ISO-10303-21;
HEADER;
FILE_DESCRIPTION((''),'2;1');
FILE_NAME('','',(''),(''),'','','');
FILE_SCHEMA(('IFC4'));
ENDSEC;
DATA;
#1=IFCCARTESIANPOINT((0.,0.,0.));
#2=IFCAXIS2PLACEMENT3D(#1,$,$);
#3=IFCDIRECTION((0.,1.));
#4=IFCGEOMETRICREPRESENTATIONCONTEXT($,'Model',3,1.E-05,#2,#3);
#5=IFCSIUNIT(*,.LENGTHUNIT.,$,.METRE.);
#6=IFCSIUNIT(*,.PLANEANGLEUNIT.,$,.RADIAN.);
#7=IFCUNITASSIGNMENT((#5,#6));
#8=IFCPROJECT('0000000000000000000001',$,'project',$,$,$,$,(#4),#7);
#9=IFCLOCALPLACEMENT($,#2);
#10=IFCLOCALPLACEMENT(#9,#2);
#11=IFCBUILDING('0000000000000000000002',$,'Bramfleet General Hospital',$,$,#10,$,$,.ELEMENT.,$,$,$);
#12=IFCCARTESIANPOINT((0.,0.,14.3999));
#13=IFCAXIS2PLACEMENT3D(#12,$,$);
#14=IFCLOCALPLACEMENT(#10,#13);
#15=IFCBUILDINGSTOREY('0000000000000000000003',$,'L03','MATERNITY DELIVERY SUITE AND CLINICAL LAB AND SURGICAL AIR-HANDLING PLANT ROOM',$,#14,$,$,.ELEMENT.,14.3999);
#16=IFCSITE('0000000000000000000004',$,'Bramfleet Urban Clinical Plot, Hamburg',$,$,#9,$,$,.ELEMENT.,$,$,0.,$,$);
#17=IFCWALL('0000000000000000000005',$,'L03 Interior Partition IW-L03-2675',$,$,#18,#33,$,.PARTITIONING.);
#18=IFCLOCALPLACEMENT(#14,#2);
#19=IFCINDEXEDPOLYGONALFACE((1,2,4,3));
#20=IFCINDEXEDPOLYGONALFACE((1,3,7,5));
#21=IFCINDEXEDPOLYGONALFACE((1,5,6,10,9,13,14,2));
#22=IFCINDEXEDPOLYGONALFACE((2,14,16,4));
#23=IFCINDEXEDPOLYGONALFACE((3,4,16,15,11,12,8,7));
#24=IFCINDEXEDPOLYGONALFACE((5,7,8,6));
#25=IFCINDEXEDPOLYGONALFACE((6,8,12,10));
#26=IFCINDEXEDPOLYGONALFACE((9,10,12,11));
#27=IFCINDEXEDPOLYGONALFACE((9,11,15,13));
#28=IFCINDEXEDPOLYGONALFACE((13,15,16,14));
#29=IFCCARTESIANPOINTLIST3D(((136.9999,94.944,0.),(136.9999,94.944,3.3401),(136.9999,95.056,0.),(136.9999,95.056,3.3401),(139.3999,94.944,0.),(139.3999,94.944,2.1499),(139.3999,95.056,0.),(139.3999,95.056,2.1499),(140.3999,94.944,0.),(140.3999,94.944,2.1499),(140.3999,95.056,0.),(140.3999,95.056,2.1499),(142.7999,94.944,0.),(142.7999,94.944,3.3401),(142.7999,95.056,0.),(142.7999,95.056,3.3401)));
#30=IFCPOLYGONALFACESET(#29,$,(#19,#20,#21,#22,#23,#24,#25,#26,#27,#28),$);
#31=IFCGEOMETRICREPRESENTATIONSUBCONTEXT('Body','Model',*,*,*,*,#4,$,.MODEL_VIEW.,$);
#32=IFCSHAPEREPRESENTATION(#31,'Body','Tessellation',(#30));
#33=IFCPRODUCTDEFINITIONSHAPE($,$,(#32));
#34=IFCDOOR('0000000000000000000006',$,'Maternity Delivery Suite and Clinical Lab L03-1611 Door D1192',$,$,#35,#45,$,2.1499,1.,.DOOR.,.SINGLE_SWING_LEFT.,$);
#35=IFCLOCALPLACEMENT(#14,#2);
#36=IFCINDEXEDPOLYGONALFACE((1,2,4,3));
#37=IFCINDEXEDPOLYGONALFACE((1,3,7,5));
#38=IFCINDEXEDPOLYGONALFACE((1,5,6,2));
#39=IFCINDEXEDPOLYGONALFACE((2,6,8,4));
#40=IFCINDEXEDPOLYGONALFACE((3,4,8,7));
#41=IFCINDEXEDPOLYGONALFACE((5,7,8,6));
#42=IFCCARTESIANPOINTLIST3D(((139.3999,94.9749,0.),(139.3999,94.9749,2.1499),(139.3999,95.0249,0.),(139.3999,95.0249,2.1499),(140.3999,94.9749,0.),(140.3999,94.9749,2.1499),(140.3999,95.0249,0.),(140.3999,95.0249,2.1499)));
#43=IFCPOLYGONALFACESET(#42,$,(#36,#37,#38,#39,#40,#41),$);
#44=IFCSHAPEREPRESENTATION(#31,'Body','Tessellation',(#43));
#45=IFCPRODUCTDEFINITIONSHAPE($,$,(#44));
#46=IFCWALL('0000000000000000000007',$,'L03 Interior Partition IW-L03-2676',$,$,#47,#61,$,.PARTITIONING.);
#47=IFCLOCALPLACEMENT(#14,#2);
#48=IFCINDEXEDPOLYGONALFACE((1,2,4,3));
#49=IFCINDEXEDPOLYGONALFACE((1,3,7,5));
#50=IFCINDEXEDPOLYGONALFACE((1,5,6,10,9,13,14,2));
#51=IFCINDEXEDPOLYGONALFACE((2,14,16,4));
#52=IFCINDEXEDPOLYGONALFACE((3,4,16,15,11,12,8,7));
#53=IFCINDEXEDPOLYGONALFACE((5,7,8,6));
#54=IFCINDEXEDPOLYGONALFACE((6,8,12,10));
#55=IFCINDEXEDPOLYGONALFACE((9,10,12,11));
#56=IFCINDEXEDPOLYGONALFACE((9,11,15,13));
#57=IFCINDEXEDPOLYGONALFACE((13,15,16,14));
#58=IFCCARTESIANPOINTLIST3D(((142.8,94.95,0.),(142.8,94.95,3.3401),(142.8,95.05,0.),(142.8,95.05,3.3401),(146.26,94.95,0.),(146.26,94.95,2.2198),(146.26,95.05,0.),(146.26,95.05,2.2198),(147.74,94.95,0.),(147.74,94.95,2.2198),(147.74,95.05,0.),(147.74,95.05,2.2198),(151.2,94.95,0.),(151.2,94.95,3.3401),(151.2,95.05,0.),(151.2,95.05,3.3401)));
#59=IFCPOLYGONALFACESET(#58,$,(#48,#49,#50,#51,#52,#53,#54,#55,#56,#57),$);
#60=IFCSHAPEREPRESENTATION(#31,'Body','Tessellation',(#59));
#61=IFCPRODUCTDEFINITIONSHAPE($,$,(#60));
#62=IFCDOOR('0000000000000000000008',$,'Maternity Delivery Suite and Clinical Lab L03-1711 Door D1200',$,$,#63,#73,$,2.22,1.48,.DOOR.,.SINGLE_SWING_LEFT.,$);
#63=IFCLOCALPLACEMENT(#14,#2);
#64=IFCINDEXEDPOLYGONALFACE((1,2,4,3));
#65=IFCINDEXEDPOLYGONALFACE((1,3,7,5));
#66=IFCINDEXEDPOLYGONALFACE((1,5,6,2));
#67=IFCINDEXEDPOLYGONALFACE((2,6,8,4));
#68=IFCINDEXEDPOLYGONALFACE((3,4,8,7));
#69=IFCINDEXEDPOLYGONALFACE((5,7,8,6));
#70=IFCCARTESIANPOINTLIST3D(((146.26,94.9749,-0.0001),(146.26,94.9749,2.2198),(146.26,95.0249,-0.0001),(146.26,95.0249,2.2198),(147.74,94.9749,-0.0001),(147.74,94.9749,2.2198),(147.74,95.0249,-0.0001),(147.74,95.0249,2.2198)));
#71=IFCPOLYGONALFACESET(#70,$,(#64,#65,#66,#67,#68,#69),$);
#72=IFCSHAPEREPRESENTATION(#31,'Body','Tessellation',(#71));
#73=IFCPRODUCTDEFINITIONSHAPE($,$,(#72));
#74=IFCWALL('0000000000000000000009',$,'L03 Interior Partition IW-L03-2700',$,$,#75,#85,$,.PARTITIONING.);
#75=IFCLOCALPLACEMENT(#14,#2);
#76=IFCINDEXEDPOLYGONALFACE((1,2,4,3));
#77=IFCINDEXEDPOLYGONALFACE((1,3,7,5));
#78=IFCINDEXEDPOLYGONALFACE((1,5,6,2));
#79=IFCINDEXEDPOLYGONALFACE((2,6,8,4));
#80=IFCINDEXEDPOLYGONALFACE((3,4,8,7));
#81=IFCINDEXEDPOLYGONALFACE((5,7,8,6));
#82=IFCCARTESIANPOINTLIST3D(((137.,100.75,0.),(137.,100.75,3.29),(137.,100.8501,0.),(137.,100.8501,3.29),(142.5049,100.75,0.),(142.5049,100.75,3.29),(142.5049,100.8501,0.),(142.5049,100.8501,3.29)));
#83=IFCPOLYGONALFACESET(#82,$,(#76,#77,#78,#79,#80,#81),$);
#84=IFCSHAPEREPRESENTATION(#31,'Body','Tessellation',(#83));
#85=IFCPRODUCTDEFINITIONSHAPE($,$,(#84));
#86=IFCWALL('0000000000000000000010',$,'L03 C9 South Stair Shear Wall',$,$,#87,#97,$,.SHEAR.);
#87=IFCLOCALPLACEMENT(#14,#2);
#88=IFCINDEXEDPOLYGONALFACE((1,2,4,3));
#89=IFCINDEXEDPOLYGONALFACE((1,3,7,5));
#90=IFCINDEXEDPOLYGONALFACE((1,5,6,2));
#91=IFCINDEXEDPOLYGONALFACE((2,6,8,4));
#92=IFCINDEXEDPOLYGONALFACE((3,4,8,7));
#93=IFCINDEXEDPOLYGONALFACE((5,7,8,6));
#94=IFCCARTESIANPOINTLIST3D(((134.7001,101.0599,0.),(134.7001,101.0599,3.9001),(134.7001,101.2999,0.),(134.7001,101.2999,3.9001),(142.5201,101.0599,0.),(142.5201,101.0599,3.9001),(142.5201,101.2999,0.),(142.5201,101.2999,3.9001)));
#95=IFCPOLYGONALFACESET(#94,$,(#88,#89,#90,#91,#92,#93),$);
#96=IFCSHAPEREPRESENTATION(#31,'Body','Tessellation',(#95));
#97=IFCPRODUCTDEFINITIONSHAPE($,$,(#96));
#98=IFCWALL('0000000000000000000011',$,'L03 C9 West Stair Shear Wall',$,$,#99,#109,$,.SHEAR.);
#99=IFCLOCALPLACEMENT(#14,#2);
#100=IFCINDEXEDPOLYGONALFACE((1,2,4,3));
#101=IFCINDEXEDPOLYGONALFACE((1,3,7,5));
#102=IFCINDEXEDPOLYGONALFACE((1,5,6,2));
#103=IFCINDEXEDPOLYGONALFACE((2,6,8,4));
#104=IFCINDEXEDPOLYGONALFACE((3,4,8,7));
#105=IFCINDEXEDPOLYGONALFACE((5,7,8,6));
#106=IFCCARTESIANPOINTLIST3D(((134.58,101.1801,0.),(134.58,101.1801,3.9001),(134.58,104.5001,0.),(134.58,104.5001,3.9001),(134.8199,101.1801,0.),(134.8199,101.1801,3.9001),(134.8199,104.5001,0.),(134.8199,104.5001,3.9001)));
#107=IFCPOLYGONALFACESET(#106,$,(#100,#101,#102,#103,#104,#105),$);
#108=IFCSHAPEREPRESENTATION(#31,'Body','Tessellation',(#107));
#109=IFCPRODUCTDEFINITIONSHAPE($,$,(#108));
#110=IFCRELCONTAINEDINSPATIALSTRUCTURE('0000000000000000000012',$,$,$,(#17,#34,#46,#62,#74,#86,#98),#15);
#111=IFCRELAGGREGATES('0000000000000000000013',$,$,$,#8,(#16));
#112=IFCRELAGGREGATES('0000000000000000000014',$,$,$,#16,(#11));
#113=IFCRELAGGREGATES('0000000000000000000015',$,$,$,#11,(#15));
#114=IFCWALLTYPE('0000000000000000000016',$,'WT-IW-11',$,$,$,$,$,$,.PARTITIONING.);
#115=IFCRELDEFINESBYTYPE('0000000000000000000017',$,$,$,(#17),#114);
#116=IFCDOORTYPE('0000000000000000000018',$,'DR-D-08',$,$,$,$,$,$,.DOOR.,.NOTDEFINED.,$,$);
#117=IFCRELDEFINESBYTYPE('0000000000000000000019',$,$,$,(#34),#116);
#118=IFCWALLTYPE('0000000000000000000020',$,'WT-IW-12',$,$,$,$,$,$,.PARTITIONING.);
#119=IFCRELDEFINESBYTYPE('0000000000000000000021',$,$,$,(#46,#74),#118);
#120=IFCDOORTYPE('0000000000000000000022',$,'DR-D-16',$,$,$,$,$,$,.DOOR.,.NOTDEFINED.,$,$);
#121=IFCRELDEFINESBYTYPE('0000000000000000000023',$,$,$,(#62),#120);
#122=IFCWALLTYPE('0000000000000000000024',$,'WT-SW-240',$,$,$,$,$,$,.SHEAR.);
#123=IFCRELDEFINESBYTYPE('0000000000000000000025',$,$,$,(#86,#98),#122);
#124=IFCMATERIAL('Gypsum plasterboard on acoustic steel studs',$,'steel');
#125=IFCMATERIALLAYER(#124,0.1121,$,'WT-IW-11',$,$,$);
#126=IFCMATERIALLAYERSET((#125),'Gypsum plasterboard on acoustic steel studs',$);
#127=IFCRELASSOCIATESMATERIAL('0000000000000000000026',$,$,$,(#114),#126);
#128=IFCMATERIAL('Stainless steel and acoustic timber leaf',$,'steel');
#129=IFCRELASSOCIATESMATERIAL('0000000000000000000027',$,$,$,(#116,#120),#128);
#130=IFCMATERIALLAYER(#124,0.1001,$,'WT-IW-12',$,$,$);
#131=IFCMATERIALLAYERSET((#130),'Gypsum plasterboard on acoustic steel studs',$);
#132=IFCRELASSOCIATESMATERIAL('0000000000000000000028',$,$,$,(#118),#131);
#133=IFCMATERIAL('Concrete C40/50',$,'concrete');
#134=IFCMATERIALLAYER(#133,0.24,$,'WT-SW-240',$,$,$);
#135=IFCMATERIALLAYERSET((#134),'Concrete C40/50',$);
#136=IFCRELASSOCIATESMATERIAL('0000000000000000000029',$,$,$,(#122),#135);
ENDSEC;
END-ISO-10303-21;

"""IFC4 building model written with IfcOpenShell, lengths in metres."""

from ifc_helpers import new_model, si_unit, direction, frame, frame_2d, origin, place, context, subcontext, project, spatial, rectangle, extrude, material, layer, layer_set, type_object, element, fill, save


model = new_model("IFC4")

# Units and contexts
model_context = context("Model", 3, precision=1e-05, world=origin(), true_north=direction((0.0, 1.0)))
body_context = subcontext(model_context, "Body", "Model", "MODEL_VIEW")
ifc_project = project(units=[si_unit("LENGTHUNIT", "METRE"), si_unit("PLANEANGLEUNIT", "RADIAN")], contexts=[model_context])

# Site, building, storey
site_placement = place(None, origin())
site = spatial("IfcSite", under=ifc_project, at=site_placement, Name="Bramfleet Urban Clinical Plot, Hamburg", CompositionType="ELEMENT", RefElevation=0.0)
building_placement = place(site_placement, origin())
building = spatial("IfcBuilding", under=site, at=building_placement, Name="Bramfleet General Hospital", CompositionType="ELEMENT")
storey_placement = place(building_placement, frame((0.0, 0.0, 14.3999)))
storey = spatial("IfcBuildingStorey", under=building, at=storey_placement, Name="L03", Description="MATERNITY DELIVERY SUITE AND CLINICAL LAB AND SURGICAL AIR-HANDLING PLANT ROOM", CompositionType="ELEMENT", Elevation=14.3999)

# Shared definitions
ifc_material_1 = material(Name="Concrete C40/50", Category="concrete")

# Shared definitions
ifc_material_2 = material(Name="Stainless steel and acoustic timber leaf", Category="steel")

# Shared definitions
ifc_material_3 = material(Name="Gypsum plasterboard on acoustic steel studs", Category="steel")

# Walls, openings, doors
ifc_layer_1 = layer(ifc_material_3, 0.1121, Name="WT-IW-11")
ifc_layer_set_1 = layer_set([ifc_layer_1], Name="Gypsum plasterboard on acoustic steel studs")
wall_type_1 = type_object("IfcWallType", Name="WT-IW-11", PredefinedType="PARTITIONING", material=ifc_layer_set_1)
wall_1_placement = place(storey_placement, frame((137.0, 95.0, 0.0), z_axis=(0.0, 0.0, 1.0), x_axis=(1.0, 0.0, 0.0)))
wall_1 = element("IfcWall", 1, at=wall_1_placement, inside=storey, type_object=wall_type_1, Name="L03 Interior Partition IW-L03-2675", PredefinedType="PARTITIONING", context=body_context, shape_type="SweptSolid", body=[
    extrude(rectangle(XDim=5.8, YDim=0.1121, at=frame_2d((2.8999, 0.0))), origin(), (0.0, 0.0, 1.0), 3.3401),
])
opening_1_placement = place(wall_1_placement, frame((2.3999, 0.0, 0.0)))
opening_1 = element("IfcOpeningElement", 2, at=opening_1_placement, cuts=wall_1, PredefinedType="OPENING", context=body_context, shape_type="SweptSolid", body=[
    extrude(rectangle(XDim=1.0, YDim=2.1499, at=frame_2d((0.5, 1.075))), frame((0.0, 0.0659, 0.0), z_axis=(0.0, -1.0, 0.0), x_axis=(1.0, 0.0, 0.0)), (0.0, 0.0, 1.0), 0.1321),
])
door_type_1 = type_object("IfcDoorType", Name="DR-D-08", OperationType="NOTDEFINED", PredefinedType="DOOR", material=ifc_material_2)
door_1_placement = place(opening_1_placement, origin())
door_1 = element("IfcDoor", 3, at=door_1_placement, inside=storey, type_object=door_type_1, Name="Maternity Delivery Suite and Clinical Lab L03-1611 Door D1192", OperationType="SINGLE_SWING_LEFT", OverallHeight=2.1499, OverallWidth=1.0, PredefinedType="DOOR", context=body_context, shape_type="SweptSolid", body=[
    extrude(rectangle(XDim=1.0, YDim=2.1499, at=frame_2d((0.5, 1.075))), frame((0.0, 0.0249, 0.0), z_axis=(0.0, -1.0, 0.0), x_axis=(1.0, 0.0, 0.0)), (0.0, 0.0, 1.0), 0.05),
])
fill(opening_1, door_1)
ifc_layer_2 = layer(ifc_material_3, 0.1001, Name="WT-IW-12")
ifc_layer_set_2 = layer_set([ifc_layer_2], Name="Gypsum plasterboard on acoustic steel studs")
wall_type_2 = type_object("IfcWallType", Name="WT-IW-12", PredefinedType="PARTITIONING", material=ifc_layer_set_2)
wall_2_placement = place(storey_placement, frame((142.8, 95.0, 0.0), z_axis=(0.0, 0.0, 1.0), x_axis=(1.0, 0.0, 0.0)))
wall_2 = element("IfcWall", 4, at=wall_2_placement, inside=storey, type_object=wall_type_2, Name="L03 Interior Partition IW-L03-2676", PredefinedType="PARTITIONING", context=body_context, shape_type="SweptSolid", body=[
    extrude(rectangle(XDim=8.3999, YDim=0.1001, at=frame_2d((4.2, 0.0))), origin(), (0.0, 0.0, 1.0), 3.3401),
])
opening_2_placement = place(wall_2_placement, frame((3.46, 0.0, 0.0)))
opening_2 = element("IfcOpeningElement", 5, at=opening_2_placement, cuts=wall_2, PredefinedType="OPENING", context=body_context, shape_type="SweptSolid", body=[
    extrude(rectangle(XDim=1.48, YDim=2.22, at=frame_2d((0.74, 1.1099))), frame((0.0, 0.0601, 0.0), z_axis=(0.0, -1.0, 0.0), x_axis=(1.0, 0.0, 0.0)), (0.0, 0.0, 1.0), 0.1201),
])
door_type_2 = type_object("IfcDoorType", Name="DR-D-16", OperationType="NOTDEFINED", PredefinedType="DOOR", material=ifc_material_2)
door_2_placement = place(opening_2_placement, origin())
door_2 = element("IfcDoor", 6, at=door_2_placement, inside=storey, type_object=door_type_2, Name="Maternity Delivery Suite and Clinical Lab L03-1711 Door D1200", OperationType="SINGLE_SWING_LEFT", OverallHeight=2.22, OverallWidth=1.48, PredefinedType="DOOR", context=body_context, shape_type="SweptSolid", body=[
    extrude(rectangle(XDim=1.48, YDim=2.22, at=frame_2d((0.74, 1.1099))), frame((0.0, 0.0249, 0.0), z_axis=(0.0, -1.0, 0.0), x_axis=(1.0, 0.0, 0.0)), (0.0, 0.0, 1.0), 0.05),
])
fill(opening_2, door_2)

# Walls
wall_3_placement = place(storey_placement, frame((137.0, 100.8, 0.0), z_axis=(0.0, 0.0, 1.0), x_axis=(1.0, 0.0, 0.0)))
element("IfcWall", 7, at=wall_3_placement, inside=storey, type_object=wall_type_2, Name="L03 Interior Partition IW-L03-2700", PredefinedType="PARTITIONING", context=body_context, shape_type="SweptSolid", body=[
    extrude(rectangle(XDim=5.5049, YDim=0.1001, at=frame_2d((2.7524, 0.0))), origin(), (0.0, 0.0, 1.0), 3.29),
])
ifc_layer_3 = layer(ifc_material_1, 0.24, Name="WT-SW-240")
ifc_layer_set_3 = layer_set([ifc_layer_3], Name="Concrete C40/50")
wall_type_3 = type_object("IfcWallType", Name="WT-SW-240", PredefinedType="SHEAR", material=ifc_layer_set_3)
wall_4_placement = place(storey_placement, frame((134.7, 101.1799, 0.0), z_axis=(0.0, 0.0, 1.0), x_axis=(1.0, 0.0, 0.0)))
element("IfcWall", 8, at=wall_4_placement, inside=storey, type_object=wall_type_3, Name="L03 C9 South Stair Shear Wall", PredefinedType="SHEAR", context=body_context, shape_type="SweptSolid", body=[
    extrude(rectangle(XDim=7.8201, YDim=0.24, at=frame_2d((3.9102, 0.0))), origin(), (0.0, 0.0, 1.0), 3.9001),
])
wall_5_placement = place(storey_placement, frame((134.7, 101.1799, 0.0), z_axis=(0.0, 0.0, 1.0), x_axis=(0.0, 1.0, 0.0)))
element("IfcWall", 9, at=wall_5_placement, inside=storey, type_object=wall_type_3, Name="L03 C9 West Stair Shear Wall", PredefinedType="SHEAR", context=body_context, shape_type="SweptSolid", body=[
    extrude(rectangle(XDim=3.3201, YDim=0.24, at=frame_2d((1.6602, 0.0))), origin(), (0.0, 0.0, 1.0), 3.9001),
])

save(model, "model.ifc")
